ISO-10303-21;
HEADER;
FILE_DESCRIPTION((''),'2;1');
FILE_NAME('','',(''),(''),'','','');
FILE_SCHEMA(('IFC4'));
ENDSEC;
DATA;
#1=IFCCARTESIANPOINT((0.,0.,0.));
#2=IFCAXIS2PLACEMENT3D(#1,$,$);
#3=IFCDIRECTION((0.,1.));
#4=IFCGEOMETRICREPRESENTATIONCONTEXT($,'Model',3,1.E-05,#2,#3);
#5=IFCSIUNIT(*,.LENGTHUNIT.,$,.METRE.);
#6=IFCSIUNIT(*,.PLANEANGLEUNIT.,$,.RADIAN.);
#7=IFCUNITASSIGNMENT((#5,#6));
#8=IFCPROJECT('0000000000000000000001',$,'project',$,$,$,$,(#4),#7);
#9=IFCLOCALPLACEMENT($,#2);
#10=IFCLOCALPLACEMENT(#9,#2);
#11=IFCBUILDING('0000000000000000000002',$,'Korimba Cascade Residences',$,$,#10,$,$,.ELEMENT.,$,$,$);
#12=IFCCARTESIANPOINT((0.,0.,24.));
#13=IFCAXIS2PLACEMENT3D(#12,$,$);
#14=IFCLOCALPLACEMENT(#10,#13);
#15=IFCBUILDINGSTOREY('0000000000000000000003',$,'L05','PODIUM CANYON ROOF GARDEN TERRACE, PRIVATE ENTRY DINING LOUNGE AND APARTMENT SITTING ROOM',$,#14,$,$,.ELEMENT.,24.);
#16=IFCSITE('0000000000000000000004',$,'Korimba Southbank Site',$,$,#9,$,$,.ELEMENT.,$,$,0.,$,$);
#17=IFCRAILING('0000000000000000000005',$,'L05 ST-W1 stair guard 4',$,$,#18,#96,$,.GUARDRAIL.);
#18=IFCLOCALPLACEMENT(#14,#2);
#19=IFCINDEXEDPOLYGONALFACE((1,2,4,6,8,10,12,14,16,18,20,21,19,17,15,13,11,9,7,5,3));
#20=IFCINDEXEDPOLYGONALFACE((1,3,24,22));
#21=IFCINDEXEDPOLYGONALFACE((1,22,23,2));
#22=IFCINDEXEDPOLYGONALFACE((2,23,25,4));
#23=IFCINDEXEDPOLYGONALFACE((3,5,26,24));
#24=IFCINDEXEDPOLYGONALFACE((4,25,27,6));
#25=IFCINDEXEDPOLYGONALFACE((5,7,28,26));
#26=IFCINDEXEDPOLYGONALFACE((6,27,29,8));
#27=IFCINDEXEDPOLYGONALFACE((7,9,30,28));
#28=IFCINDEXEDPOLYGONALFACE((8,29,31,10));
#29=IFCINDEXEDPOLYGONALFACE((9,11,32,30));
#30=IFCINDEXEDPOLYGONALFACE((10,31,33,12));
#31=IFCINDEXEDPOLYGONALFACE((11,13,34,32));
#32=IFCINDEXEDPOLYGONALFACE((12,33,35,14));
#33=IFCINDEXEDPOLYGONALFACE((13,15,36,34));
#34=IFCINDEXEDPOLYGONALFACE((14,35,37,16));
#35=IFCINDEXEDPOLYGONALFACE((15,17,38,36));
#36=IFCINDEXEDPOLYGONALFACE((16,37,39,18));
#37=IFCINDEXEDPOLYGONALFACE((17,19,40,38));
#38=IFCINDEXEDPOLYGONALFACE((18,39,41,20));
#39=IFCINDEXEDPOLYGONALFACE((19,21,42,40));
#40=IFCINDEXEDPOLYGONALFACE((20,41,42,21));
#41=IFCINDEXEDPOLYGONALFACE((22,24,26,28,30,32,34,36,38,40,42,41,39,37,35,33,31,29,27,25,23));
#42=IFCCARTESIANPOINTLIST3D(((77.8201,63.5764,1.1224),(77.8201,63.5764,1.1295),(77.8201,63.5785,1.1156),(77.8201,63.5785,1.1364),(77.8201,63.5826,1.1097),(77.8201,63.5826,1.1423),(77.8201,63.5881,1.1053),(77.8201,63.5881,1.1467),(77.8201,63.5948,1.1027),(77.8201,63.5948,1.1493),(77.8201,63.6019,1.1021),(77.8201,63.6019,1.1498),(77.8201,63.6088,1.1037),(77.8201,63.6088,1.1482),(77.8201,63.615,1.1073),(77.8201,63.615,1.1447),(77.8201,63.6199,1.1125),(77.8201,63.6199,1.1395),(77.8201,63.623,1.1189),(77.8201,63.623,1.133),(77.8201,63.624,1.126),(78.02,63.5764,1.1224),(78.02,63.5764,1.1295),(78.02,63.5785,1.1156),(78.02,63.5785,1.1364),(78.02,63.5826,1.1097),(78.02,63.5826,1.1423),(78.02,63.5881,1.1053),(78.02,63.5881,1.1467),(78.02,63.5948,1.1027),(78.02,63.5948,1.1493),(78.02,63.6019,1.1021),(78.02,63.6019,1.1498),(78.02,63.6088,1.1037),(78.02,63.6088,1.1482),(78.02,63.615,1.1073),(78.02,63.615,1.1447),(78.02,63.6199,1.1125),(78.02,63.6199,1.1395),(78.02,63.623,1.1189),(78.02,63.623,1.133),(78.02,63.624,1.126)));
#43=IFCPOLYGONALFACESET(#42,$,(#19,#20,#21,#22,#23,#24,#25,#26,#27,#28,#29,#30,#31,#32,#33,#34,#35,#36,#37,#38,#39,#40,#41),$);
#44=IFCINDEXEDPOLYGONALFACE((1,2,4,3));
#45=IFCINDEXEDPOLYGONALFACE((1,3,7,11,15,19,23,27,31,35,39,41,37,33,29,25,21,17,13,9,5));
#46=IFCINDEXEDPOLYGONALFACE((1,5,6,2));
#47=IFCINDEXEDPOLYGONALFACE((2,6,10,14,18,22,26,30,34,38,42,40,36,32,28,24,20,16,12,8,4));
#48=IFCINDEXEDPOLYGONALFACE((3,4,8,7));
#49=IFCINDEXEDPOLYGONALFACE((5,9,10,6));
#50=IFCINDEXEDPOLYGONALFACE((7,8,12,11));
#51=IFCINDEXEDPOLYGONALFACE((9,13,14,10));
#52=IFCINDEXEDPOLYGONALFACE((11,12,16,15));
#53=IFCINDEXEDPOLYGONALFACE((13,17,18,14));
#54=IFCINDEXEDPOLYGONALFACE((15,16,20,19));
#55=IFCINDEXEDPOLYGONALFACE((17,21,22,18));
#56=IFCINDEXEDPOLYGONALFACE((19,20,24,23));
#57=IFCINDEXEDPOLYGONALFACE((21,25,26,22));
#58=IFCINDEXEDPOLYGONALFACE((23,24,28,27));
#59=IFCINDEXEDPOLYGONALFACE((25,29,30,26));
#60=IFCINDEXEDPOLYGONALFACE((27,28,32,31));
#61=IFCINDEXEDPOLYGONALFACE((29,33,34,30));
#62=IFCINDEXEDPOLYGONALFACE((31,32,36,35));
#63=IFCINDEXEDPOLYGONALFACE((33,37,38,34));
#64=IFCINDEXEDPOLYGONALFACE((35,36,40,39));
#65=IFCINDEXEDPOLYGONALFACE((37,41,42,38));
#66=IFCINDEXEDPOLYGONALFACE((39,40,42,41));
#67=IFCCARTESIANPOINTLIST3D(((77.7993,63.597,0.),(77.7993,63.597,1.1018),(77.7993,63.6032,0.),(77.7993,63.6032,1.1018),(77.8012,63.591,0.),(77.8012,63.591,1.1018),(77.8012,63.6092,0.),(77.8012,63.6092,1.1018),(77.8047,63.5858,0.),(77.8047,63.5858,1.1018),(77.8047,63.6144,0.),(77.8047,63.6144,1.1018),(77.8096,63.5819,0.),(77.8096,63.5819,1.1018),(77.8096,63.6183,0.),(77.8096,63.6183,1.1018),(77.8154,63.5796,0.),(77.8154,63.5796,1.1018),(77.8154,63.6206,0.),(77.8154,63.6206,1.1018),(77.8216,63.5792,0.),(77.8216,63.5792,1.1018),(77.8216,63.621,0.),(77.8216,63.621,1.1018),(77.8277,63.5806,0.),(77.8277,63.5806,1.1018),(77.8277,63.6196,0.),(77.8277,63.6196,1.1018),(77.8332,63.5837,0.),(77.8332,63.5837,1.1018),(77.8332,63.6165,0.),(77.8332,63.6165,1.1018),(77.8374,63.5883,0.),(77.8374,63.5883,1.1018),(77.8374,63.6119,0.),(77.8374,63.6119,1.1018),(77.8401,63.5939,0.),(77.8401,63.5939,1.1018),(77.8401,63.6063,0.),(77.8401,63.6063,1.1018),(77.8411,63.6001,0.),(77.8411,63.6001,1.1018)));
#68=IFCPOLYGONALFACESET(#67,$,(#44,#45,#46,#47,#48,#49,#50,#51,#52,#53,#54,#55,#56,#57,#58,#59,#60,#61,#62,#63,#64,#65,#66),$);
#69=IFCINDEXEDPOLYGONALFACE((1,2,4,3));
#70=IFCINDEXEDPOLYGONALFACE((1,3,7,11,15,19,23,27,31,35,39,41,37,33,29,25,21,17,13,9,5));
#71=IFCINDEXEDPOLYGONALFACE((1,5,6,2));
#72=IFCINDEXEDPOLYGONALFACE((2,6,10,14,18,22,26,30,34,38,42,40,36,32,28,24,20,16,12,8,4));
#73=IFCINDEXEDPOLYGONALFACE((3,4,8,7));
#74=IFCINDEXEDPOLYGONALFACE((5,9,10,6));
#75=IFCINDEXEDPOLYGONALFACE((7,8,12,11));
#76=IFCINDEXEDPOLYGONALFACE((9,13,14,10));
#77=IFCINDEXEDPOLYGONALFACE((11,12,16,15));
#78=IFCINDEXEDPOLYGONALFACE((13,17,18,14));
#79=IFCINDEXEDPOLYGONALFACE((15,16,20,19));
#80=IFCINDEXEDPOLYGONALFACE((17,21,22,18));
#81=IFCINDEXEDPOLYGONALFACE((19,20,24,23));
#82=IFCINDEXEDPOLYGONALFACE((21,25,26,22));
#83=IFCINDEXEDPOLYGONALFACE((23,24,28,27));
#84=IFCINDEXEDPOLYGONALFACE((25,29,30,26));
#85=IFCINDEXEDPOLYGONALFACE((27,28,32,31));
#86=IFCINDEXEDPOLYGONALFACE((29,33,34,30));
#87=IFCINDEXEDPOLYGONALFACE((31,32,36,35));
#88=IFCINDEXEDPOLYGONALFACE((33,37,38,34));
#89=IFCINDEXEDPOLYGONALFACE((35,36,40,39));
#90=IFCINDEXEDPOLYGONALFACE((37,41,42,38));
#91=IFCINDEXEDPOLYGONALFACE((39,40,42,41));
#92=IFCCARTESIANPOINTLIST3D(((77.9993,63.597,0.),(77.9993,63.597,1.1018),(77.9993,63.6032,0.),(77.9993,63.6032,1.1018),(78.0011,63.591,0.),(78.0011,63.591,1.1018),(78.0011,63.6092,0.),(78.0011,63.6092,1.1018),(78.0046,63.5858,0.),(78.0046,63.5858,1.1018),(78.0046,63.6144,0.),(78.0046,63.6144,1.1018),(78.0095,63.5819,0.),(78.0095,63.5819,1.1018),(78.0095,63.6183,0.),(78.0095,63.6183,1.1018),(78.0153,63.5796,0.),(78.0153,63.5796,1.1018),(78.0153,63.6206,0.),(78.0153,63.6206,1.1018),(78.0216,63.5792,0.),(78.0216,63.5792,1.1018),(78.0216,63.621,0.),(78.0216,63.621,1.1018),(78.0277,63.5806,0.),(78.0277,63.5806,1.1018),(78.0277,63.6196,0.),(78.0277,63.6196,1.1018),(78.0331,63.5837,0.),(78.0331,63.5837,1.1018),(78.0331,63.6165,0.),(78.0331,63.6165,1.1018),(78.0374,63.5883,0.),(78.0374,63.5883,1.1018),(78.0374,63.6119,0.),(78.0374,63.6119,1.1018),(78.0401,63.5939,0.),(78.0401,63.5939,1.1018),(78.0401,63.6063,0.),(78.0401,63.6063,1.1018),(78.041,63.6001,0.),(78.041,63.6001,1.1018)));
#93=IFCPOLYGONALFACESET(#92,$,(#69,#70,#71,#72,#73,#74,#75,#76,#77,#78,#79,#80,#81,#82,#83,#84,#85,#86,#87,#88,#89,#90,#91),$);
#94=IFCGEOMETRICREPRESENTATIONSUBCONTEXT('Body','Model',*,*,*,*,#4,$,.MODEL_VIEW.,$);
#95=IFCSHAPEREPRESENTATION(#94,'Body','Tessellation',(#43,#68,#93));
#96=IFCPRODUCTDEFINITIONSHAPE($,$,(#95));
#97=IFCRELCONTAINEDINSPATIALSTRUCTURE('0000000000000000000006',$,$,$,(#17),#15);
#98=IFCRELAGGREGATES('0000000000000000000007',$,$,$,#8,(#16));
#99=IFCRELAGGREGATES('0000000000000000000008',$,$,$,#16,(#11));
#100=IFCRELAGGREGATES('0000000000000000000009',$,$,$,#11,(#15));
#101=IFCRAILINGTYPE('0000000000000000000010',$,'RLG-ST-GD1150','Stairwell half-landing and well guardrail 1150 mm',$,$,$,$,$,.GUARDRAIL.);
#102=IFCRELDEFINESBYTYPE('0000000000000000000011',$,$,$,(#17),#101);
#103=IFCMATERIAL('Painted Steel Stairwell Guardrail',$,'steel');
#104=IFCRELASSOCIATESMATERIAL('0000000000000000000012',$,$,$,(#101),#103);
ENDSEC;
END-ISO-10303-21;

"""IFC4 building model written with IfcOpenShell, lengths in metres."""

from ifc_helpers import new_model, si_unit, direction, frame, origin, origin_2d, place, context, subcontext, project, spatial, circle, extrude, material, type_object, element, save


model = new_model("IFC4")

# Units and contexts
model_context = context("Model", 3, precision=1e-05, world=origin(), true_north=direction((0.0, 1.0)))
body_context = subcontext(model_context, "Body", "Model", "MODEL_VIEW")
ifc_project = project(units=[si_unit("LENGTHUNIT", "METRE"), si_unit("PLANEANGLEUNIT", "RADIAN")], contexts=[model_context])

# Site, building, storey
site_placement = place(None, origin())
site = spatial("IfcSite", under=ifc_project, at=site_placement, Name="Korimba Southbank Site", CompositionType="ELEMENT", RefElevation=0.0)
building_placement = place(site_placement, origin())
building = spatial("IfcBuilding", under=site, at=building_placement, Name="Korimba Cascade Residences", CompositionType="ELEMENT")
storey_placement = place(building_placement, frame((0.0, 0.0, 24.0)))
storey = spatial("IfcBuildingStorey", under=building, at=storey_placement, Name="L05", Description="PODIUM CANYON ROOF GARDEN TERRACE, PRIVATE ENTRY DINING LOUNGE AND APARTMENT SITTING ROOM", CompositionType="ELEMENT", Elevation=24.0)

# Railing
ifc_material_1 = material(Name="Painted Steel Stairwell Guardrail", Category="steel")
railing_type_1 = type_object("IfcRailingType", Name="RLG-ST-GD1150", Description="Stairwell half-landing and well guardrail 1150 mm", PredefinedType="GUARDRAIL", material=ifc_material_1)
railing_1_placement = place(storey_placement, frame((77.8201, 63.6001, 0.0)))
element("IfcRailing", 1, at=railing_1_placement, inside=storey, type_object=railing_type_1, Name="L05 ST-W1 stair guard 4", PredefinedType="GUARDRAIL", context=body_context, shape_type="SweptSolid", body=[
    extrude(circle(Radius=0.0239, at=origin_2d()), frame((0.0, 0.0, 1.126), z_axis=(1.0, 0.0, 0.0), x_axis=(0.0, 1.0, 0.0)), (0.0, 0.0, 1.0), 0.2),
    extrude(circle(Radius=0.021, at=origin_2d()), origin(), (0.0, 0.0, 1.0), 1.1018),
    extrude(circle(Radius=0.021, at=origin_2d()), frame((0.2, 0.0, 0.0)), (0.0, 0.0, 1.0), 1.1018),
])

save(model, "model.ifc")
